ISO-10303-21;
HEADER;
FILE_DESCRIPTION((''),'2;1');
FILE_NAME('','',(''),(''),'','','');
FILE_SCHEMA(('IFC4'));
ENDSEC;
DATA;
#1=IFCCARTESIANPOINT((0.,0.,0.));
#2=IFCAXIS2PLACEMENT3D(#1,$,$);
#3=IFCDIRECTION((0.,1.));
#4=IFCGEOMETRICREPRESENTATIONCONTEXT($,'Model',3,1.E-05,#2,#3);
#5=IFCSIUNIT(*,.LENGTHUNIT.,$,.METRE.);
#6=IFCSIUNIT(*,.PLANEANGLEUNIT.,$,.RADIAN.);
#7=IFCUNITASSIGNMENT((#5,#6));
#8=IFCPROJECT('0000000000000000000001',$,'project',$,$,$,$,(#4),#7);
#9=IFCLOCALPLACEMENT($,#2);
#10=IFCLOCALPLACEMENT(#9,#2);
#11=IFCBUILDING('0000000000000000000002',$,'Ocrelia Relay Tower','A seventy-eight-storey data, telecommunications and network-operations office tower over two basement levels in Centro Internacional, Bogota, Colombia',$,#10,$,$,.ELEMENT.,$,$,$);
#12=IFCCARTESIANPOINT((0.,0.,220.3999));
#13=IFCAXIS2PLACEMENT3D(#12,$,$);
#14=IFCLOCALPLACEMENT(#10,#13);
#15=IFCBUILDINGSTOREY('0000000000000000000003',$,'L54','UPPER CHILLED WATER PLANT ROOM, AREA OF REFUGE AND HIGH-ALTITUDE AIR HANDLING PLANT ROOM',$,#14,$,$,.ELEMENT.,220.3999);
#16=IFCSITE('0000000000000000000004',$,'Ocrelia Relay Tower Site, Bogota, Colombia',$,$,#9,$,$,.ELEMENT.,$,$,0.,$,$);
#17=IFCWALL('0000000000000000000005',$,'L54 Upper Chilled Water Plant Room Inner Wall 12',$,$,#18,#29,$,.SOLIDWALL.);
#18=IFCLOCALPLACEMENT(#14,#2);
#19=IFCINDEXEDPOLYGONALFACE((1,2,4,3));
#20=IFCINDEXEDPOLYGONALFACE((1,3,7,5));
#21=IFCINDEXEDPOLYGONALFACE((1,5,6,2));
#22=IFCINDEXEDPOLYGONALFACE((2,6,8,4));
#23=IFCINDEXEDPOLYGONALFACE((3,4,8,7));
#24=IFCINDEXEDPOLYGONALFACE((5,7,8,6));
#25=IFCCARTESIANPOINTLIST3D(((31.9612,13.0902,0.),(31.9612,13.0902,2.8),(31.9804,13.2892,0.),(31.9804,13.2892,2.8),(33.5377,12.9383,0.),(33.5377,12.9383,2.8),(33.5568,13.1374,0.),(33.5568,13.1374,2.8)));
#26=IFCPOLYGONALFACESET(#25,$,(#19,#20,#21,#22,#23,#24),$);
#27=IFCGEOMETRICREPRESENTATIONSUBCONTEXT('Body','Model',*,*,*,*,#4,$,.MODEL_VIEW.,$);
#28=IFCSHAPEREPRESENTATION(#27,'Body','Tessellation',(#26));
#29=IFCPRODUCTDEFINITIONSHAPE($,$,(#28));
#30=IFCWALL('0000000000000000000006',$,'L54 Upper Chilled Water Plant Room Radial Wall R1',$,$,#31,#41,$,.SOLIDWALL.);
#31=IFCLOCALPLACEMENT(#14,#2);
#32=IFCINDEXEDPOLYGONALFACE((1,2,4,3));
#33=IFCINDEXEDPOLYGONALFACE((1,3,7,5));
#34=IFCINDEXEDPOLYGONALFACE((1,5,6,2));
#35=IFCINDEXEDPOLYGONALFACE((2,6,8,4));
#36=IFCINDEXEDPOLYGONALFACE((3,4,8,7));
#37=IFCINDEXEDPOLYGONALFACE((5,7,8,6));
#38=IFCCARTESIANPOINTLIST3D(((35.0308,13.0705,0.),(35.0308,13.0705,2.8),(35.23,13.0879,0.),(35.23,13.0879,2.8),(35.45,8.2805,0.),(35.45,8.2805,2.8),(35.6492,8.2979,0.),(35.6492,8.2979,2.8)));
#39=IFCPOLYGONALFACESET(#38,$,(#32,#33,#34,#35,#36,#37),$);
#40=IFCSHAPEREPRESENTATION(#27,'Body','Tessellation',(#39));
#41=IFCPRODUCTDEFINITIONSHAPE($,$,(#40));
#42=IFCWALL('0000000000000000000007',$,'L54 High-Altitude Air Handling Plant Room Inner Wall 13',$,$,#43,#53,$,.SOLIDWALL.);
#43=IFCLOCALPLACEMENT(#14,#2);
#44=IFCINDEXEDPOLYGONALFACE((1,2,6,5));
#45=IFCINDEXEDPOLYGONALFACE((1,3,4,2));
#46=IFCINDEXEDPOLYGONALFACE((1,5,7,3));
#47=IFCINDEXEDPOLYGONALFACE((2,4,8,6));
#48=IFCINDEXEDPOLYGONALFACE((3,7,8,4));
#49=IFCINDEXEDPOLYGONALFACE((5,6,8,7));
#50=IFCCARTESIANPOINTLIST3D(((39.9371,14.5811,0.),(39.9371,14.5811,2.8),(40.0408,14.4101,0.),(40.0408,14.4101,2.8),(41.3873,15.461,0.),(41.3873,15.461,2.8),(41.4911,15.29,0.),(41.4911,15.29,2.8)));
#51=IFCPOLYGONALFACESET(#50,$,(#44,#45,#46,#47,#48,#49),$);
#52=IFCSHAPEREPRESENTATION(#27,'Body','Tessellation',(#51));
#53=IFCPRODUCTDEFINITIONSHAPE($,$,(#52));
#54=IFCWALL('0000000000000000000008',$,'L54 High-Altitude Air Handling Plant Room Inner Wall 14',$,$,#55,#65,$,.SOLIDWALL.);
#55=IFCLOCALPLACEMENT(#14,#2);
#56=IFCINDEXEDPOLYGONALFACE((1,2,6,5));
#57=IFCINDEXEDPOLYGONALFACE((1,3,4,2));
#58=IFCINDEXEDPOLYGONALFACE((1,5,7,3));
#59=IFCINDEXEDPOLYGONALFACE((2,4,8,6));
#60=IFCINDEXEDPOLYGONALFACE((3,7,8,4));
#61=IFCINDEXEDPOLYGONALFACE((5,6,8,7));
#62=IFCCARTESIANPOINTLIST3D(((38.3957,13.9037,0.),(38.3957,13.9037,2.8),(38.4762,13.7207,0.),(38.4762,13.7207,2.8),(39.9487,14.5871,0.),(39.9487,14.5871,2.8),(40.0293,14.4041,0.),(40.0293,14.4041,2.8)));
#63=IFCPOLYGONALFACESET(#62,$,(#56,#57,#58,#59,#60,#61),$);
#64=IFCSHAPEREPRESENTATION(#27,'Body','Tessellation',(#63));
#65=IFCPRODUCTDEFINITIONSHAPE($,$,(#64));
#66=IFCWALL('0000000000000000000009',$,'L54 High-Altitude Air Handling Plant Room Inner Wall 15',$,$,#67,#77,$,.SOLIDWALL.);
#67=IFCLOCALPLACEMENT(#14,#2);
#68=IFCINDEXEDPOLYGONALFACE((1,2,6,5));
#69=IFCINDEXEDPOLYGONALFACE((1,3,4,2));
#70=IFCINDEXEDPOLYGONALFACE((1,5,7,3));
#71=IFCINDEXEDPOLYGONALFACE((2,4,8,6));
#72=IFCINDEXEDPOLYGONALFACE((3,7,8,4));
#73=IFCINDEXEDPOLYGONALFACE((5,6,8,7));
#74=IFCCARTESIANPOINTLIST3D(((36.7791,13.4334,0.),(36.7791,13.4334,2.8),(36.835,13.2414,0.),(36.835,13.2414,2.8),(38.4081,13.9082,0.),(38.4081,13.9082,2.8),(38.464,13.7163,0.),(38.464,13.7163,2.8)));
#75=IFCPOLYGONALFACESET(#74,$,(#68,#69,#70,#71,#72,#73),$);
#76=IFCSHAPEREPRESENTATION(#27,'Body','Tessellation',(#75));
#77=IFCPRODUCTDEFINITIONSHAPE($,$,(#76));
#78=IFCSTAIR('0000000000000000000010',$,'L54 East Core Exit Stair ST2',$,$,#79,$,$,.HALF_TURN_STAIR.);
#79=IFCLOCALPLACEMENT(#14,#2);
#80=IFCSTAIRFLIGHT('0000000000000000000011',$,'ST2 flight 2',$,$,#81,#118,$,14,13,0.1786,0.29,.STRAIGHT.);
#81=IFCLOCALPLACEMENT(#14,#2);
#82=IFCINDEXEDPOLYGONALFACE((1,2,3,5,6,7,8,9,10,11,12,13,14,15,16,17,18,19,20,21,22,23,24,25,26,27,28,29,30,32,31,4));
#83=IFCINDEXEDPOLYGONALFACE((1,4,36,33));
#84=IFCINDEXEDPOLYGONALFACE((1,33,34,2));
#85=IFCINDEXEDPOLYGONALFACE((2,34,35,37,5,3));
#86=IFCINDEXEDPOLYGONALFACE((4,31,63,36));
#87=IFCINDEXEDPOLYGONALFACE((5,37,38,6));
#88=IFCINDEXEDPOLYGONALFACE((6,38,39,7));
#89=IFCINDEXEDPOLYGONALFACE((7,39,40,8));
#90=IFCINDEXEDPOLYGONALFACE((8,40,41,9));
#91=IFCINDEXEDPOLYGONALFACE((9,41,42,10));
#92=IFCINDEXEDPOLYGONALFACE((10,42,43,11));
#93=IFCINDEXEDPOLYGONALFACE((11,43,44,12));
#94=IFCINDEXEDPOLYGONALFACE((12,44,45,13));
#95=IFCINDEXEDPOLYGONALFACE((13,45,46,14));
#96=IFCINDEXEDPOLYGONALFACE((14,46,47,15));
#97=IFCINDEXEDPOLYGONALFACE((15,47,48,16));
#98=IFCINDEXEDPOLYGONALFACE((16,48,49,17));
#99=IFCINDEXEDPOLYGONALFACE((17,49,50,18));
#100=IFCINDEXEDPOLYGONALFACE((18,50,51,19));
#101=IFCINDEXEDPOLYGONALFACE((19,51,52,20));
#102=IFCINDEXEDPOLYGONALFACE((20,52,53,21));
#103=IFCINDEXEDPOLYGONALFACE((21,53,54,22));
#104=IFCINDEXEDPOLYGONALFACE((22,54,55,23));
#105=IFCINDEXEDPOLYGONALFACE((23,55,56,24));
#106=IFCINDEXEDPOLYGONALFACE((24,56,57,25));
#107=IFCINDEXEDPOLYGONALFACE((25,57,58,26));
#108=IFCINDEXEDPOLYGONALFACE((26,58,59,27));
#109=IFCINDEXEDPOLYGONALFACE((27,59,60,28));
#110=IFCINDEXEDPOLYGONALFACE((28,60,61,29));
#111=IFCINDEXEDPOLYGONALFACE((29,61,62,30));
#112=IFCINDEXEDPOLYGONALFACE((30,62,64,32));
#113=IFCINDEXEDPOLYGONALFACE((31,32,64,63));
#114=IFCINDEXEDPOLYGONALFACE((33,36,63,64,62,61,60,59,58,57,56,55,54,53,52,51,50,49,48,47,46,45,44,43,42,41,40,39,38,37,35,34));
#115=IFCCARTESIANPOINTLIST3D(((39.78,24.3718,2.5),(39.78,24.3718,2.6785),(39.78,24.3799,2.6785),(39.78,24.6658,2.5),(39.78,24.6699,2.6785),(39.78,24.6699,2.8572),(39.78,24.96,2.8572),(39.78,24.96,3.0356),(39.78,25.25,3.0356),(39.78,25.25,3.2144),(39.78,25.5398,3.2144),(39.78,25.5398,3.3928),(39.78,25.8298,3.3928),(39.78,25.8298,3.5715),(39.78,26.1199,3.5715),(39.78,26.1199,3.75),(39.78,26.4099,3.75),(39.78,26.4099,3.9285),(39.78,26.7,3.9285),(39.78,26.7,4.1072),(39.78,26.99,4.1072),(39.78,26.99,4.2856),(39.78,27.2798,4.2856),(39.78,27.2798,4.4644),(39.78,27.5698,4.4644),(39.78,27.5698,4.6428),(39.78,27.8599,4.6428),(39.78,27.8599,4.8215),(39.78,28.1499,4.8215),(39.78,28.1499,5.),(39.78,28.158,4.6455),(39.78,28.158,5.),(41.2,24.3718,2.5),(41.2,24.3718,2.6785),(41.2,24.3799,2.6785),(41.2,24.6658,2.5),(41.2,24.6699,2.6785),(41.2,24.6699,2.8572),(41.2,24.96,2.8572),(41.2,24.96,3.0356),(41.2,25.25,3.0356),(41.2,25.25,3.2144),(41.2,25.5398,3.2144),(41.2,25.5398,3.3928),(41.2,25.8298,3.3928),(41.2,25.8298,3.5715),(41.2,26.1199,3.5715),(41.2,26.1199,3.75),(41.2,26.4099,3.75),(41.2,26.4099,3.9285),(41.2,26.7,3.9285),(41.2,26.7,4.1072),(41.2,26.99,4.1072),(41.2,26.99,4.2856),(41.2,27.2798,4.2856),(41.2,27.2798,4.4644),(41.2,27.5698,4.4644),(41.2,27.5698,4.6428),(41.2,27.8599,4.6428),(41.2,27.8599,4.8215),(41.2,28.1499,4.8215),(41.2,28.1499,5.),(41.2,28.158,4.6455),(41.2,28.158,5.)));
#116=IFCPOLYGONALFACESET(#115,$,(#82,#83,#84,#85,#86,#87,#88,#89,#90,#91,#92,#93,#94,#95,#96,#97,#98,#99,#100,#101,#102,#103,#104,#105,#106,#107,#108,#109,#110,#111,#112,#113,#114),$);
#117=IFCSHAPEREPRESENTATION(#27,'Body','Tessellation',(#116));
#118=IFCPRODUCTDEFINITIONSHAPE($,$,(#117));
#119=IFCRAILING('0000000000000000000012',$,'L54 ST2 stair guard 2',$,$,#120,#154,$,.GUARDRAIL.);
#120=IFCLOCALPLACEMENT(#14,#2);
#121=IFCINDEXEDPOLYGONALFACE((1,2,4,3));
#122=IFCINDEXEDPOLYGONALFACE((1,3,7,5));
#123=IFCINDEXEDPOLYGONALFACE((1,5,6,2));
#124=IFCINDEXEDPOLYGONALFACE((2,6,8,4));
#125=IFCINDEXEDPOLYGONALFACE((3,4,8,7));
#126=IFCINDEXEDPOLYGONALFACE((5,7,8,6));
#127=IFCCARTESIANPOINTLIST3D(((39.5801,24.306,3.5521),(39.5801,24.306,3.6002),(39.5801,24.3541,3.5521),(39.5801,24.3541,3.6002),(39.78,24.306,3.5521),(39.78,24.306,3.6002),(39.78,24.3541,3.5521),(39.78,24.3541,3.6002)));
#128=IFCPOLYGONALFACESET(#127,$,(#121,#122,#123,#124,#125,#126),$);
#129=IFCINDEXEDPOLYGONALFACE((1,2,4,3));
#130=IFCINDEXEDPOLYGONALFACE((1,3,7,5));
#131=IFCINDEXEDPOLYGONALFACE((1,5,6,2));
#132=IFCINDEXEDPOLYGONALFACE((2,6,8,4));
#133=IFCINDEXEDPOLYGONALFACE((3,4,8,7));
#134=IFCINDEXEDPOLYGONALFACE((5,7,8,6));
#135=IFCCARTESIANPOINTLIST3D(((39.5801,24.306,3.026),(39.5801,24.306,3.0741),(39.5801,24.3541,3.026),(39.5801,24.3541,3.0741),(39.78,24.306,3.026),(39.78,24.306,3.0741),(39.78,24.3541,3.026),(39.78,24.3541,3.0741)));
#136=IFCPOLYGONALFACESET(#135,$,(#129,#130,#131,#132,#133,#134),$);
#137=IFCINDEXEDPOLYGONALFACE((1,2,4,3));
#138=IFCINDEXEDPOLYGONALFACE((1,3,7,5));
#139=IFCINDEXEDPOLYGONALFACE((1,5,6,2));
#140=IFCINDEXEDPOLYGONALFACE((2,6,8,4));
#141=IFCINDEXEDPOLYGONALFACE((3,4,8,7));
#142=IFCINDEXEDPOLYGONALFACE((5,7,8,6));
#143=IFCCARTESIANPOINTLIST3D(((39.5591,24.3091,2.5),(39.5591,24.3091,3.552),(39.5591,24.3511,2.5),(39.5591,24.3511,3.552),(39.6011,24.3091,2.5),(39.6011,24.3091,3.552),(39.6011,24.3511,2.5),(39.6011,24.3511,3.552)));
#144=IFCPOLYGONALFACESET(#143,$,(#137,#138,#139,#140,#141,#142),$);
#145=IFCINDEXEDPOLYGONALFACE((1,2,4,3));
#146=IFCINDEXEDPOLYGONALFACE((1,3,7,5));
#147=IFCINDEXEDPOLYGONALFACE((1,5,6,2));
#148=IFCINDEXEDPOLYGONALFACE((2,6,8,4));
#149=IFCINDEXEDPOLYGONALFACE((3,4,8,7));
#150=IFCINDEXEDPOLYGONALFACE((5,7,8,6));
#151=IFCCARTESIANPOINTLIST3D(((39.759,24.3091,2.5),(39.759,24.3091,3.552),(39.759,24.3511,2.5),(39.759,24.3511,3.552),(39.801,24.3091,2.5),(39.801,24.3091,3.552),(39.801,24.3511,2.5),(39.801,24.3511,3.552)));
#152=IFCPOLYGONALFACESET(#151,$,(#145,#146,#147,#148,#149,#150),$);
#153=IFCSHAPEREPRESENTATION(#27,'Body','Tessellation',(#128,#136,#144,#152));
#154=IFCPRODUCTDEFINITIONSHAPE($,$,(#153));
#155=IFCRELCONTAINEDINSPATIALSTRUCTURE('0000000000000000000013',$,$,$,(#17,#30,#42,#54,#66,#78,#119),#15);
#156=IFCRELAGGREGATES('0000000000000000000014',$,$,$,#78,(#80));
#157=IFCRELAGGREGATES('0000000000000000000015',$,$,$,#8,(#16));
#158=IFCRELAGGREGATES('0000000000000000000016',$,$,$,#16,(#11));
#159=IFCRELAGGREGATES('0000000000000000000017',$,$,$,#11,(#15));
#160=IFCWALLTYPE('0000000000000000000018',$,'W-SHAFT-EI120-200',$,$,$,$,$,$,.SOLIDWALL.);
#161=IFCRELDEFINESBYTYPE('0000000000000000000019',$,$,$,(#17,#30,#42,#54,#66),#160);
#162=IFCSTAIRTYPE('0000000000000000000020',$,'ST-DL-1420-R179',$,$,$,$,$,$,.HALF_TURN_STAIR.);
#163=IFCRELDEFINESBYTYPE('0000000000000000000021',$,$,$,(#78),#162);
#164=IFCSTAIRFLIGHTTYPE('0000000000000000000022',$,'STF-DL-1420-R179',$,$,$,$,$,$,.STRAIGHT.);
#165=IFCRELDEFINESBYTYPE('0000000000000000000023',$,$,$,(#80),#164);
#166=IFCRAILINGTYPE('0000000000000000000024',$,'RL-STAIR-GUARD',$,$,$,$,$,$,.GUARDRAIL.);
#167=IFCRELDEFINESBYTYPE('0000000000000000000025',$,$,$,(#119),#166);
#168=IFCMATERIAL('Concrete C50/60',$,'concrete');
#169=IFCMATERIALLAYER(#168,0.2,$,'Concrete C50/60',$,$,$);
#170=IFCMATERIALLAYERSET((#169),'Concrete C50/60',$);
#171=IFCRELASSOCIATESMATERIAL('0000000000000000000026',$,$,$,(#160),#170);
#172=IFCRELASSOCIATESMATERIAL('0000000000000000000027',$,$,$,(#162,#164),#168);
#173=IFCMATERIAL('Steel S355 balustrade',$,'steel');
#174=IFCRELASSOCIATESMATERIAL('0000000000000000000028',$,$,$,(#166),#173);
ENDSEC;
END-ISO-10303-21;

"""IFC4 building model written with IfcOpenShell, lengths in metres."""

from ifc_helpers import new_model, si_unit, direction, frame, frame_2d, origin, origin_2d, place, context, subcontext, project, spatial, polyline, rectangle, outline, extrude, material, layer, layer_set, type_object, element, aggregate, save


model = new_model("IFC4")

# Units and contexts
model_context = context("Model", 3, precision=1e-05, world=origin(), true_north=direction((0.0, 1.0)))
body_context = subcontext(model_context, "Body", "Model", "MODEL_VIEW")
ifc_project = project(units=[si_unit("LENGTHUNIT", "METRE"), si_unit("PLANEANGLEUNIT", "RADIAN")], contexts=[model_context])

# Site, building, storey
site_placement = place(None, origin())
site = spatial("IfcSite", under=ifc_project, at=site_placement, Name="Ocrelia Relay Tower Site, Bogota, Colombia", CompositionType="ELEMENT", RefElevation=0.0)
building_placement = place(site_placement, origin())
building = spatial("IfcBuilding", under=site, at=building_placement, Name="Ocrelia Relay Tower", Description="A seventy-eight-storey data, telecommunications and network-operations office tower over two basement levels in Centro Internacional, Bogota, Colombia", CompositionType="ELEMENT")
storey_placement = place(building_placement, frame((0.0, 0.0, 220.3999)))
storey = spatial("IfcBuildingStorey", under=building, at=storey_placement, Name="L54", Description="UPPER CHILLED WATER PLANT ROOM, AREA OF REFUGE AND HIGH-ALTITUDE AIR HANDLING PLANT ROOM", CompositionType="ELEMENT", Elevation=220.3999)

# Wall
ifc_material_1 = material(Name="Concrete C50/60", Category="concrete")
ifc_layer_1 = layer(ifc_material_1, 0.2, Name="Concrete C50/60")
ifc_layer_set_1 = layer_set([ifc_layer_1], Name="Concrete C50/60")
wall_type_1 = type_object("IfcWallType", Name="W-SHAFT-EI120-200", PredefinedType="SOLIDWALL", material=ifc_layer_set_1)
wall_1_placement = place(storey_placement, frame((33.5474, 13.0378, 0.0), z_axis=(0.0, 0.0, 1.0), x_axis=(-0.995392, 0.095886, 0.0)))
element("IfcWall", 1, at=wall_1_placement, inside=storey, type_object=wall_type_1, Name="L54 Upper Chilled Water Plant Room Inner Wall 12", PredefinedType="SOLIDWALL", context=body_context, shape_type="SweptSolid", body=[
    extrude(rectangle(XDim=1.5837, YDim=0.2, at=frame_2d((0.792, 0.0))), origin(), (0.0, 0.0, 1.0), 2.8),
])

# Walls
wall_2_placement = place(storey_placement, frame((35.1304, 13.0793, 0.0), z_axis=(0.0, 0.0, 1.0), x_axis=(0.08718, -0.996193, 0.0)))
element("IfcWall", 2, at=wall_2_placement, inside=storey, type_object=wall_type_1, Name="L54 Upper Chilled Water Plant Room Radial Wall R1", PredefinedType="SOLIDWALL", context=body_context, shape_type="SweptSolid", body=[
    extrude(rectangle(XDim=4.8083, YDim=0.2, at=frame_2d((2.4043, 0.0))), origin(), (0.0, 0.0, 1.0), 2.8),
])
wall_3_placement = place(storey_placement, frame((41.4392, 15.3755, 0.0), z_axis=(0.0, 0.0, 1.0), x_axis=(-0.854943, -0.518723, 0.0)))
element("IfcWall", 3, at=wall_3_placement, inside=storey, type_object=wall_type_1, Name="L54 High-Altitude Air Handling Plant Room Inner Wall 13", PredefinedType="SOLIDWALL", context=body_context, shape_type="SweptSolid", body=[
    extrude(rectangle(XDim=1.6963, YDim=0.2, at=frame_2d((0.8481, 0.0))), origin(), (0.0, 0.0, 1.0), 2.8),
])
for number, where, z_axis, x_axis, name in (
    (4, (39.989, 14.4956, 0.0), (0.0, 0.0, 1.0), (-0.915307, -0.402758, 0.0), "L54 High-Altitude Air Handling Plant Room Inner Wall 14"),
    (5, (38.436, 13.8123, 0.0), (0.0, 0.0, 1.0), (-0.960039, -0.279867, 0.0), "L54 High-Altitude Air Handling Plant Room Inner Wall 15"),
):
    element("IfcWall", number, at=place(storey_placement, frame(where, z_axis=z_axis, x_axis=x_axis)), inside=storey, type_object=wall_type_1, Name=name, PredefinedType="SOLIDWALL", context=body_context, shape_type="SweptSolid", body=[
        extrude(rectangle(XDim=1.6968, YDim=0.2, at=frame_2d((0.8484, 0.0))), origin(), (0.0, 0.0, 1.0), 2.8),
    ])

# Stair, stair flight
stair_type = type_object("IfcStairType", Name="ST-DL-1420-R179", PredefinedType="HALF_TURN_STAIR", material=ifc_material_1)
stair_placement = place(storey_placement, origin())
stair = element("IfcStair", 6, at=stair_placement, inside=storey, type_object=stair_type, Name="L54 East Core Exit Stair ST2", PredefinedType="HALF_TURN_STAIR")
stair_flight_type = type_object("IfcStairFlightType", Name="STF-DL-1420-R179", PredefinedType="STRAIGHT", material=ifc_material_1)
stair_flight_placement = place(storey_placement, frame((40.49, 24.3799, 2.5), z_axis=(0.0, 0.0, 1.0), x_axis=(0.0, 1.0, 0.0)))
stair_flight = element("IfcStairFlight", 7, at=stair_flight_placement, type_object=stair_flight_type, Name="ST2 flight 2", NumberOfRisers=14, NumberOfTreads=13, PredefinedType="STRAIGHT", RiserHeight=0.1786, TreadLength=0.29, context=body_context, shape_type="SweptSolid", body=[
    extrude(outline(polyline([(-0.0081, 0.0), (-0.0081, 0.1785), (0.0, 0.1785), (0.29, 0.1785), (0.29, 0.3572), (0.5801, 0.3572), (0.5801, 0.5356), (0.8701, 0.5356), (0.8701, 0.7144), (1.1599, 0.7144), (1.1599, 0.8928), (1.45, 0.8928), (1.45, 1.0715), (1.74, 1.0715), (1.74, 1.25), (2.03, 1.25), (2.03, 1.4285), (2.3201, 1.4285), (2.3201, 1.6072), (2.6101, 1.6072), (2.6101, 1.7856), (2.8999, 1.7856), (2.8999, 1.9644), (3.1899, 1.9644), (3.1899, 2.1428), (3.48, 2.1428), (3.48, 2.3215), (3.77, 2.3215), (3.77, 2.5), (3.7781, 2.5), (3.7781, 2.1455), (0.2859, 0.0), (-0.0081, 0.0)])), frame((0.0, 0.71, 0.0), z_axis=(0.0, -1.0, 0.0), x_axis=(1.0, 0.0, 0.0)), (0.0, 0.0, 1.0), 1.4199),
])
aggregate(stair, [stair_flight])

# Railing
ifc_material_2 = material(Name="Steel S355 balustrade", Category="steel")
railing_type_1 = type_object("IfcRailingType", Name="RL-STAIR-GUARD", PredefinedType="GUARDRAIL", material=ifc_material_2)
railing_1_placement = place(storey_placement, frame((39.5801, 24.3301, 2.5)))
element("IfcRailing", 8, at=railing_1_placement, inside=storey, type_object=railing_type_1, Name="L54 ST2 stair guard 2", PredefinedType="GUARDRAIL", context=body_context, shape_type="SweptSolid", body=[
    extrude(rectangle(XDim=0.0481, YDim=0.0481, at=origin_2d()), frame((0.0, 0.0, 1.0762), z_axis=(1.0, 0.0, 0.0), x_axis=(0.0, 1.0, 0.0)), (0.0, 0.0, 1.0), 0.2),
    extrude(rectangle(XDim=0.0481, YDim=0.0481, at=origin_2d()), frame((0.0, 0.0, 0.55), z_axis=(1.0, 0.0, 0.0), x_axis=(0.0, 1.0, 0.0)), (0.0, 0.0, 1.0), 0.2),
    extrude(rectangle(XDim=0.042, YDim=0.042, at=origin_2d()), origin(), (0.0, 0.0, 1.0), 1.052),
    extrude(rectangle(XDim=0.042, YDim=0.042, at=origin_2d()), frame((0.2, 0.0, 0.0)), (0.0, 0.0, 1.0), 1.052),
])

save(model, "model.ifc")
